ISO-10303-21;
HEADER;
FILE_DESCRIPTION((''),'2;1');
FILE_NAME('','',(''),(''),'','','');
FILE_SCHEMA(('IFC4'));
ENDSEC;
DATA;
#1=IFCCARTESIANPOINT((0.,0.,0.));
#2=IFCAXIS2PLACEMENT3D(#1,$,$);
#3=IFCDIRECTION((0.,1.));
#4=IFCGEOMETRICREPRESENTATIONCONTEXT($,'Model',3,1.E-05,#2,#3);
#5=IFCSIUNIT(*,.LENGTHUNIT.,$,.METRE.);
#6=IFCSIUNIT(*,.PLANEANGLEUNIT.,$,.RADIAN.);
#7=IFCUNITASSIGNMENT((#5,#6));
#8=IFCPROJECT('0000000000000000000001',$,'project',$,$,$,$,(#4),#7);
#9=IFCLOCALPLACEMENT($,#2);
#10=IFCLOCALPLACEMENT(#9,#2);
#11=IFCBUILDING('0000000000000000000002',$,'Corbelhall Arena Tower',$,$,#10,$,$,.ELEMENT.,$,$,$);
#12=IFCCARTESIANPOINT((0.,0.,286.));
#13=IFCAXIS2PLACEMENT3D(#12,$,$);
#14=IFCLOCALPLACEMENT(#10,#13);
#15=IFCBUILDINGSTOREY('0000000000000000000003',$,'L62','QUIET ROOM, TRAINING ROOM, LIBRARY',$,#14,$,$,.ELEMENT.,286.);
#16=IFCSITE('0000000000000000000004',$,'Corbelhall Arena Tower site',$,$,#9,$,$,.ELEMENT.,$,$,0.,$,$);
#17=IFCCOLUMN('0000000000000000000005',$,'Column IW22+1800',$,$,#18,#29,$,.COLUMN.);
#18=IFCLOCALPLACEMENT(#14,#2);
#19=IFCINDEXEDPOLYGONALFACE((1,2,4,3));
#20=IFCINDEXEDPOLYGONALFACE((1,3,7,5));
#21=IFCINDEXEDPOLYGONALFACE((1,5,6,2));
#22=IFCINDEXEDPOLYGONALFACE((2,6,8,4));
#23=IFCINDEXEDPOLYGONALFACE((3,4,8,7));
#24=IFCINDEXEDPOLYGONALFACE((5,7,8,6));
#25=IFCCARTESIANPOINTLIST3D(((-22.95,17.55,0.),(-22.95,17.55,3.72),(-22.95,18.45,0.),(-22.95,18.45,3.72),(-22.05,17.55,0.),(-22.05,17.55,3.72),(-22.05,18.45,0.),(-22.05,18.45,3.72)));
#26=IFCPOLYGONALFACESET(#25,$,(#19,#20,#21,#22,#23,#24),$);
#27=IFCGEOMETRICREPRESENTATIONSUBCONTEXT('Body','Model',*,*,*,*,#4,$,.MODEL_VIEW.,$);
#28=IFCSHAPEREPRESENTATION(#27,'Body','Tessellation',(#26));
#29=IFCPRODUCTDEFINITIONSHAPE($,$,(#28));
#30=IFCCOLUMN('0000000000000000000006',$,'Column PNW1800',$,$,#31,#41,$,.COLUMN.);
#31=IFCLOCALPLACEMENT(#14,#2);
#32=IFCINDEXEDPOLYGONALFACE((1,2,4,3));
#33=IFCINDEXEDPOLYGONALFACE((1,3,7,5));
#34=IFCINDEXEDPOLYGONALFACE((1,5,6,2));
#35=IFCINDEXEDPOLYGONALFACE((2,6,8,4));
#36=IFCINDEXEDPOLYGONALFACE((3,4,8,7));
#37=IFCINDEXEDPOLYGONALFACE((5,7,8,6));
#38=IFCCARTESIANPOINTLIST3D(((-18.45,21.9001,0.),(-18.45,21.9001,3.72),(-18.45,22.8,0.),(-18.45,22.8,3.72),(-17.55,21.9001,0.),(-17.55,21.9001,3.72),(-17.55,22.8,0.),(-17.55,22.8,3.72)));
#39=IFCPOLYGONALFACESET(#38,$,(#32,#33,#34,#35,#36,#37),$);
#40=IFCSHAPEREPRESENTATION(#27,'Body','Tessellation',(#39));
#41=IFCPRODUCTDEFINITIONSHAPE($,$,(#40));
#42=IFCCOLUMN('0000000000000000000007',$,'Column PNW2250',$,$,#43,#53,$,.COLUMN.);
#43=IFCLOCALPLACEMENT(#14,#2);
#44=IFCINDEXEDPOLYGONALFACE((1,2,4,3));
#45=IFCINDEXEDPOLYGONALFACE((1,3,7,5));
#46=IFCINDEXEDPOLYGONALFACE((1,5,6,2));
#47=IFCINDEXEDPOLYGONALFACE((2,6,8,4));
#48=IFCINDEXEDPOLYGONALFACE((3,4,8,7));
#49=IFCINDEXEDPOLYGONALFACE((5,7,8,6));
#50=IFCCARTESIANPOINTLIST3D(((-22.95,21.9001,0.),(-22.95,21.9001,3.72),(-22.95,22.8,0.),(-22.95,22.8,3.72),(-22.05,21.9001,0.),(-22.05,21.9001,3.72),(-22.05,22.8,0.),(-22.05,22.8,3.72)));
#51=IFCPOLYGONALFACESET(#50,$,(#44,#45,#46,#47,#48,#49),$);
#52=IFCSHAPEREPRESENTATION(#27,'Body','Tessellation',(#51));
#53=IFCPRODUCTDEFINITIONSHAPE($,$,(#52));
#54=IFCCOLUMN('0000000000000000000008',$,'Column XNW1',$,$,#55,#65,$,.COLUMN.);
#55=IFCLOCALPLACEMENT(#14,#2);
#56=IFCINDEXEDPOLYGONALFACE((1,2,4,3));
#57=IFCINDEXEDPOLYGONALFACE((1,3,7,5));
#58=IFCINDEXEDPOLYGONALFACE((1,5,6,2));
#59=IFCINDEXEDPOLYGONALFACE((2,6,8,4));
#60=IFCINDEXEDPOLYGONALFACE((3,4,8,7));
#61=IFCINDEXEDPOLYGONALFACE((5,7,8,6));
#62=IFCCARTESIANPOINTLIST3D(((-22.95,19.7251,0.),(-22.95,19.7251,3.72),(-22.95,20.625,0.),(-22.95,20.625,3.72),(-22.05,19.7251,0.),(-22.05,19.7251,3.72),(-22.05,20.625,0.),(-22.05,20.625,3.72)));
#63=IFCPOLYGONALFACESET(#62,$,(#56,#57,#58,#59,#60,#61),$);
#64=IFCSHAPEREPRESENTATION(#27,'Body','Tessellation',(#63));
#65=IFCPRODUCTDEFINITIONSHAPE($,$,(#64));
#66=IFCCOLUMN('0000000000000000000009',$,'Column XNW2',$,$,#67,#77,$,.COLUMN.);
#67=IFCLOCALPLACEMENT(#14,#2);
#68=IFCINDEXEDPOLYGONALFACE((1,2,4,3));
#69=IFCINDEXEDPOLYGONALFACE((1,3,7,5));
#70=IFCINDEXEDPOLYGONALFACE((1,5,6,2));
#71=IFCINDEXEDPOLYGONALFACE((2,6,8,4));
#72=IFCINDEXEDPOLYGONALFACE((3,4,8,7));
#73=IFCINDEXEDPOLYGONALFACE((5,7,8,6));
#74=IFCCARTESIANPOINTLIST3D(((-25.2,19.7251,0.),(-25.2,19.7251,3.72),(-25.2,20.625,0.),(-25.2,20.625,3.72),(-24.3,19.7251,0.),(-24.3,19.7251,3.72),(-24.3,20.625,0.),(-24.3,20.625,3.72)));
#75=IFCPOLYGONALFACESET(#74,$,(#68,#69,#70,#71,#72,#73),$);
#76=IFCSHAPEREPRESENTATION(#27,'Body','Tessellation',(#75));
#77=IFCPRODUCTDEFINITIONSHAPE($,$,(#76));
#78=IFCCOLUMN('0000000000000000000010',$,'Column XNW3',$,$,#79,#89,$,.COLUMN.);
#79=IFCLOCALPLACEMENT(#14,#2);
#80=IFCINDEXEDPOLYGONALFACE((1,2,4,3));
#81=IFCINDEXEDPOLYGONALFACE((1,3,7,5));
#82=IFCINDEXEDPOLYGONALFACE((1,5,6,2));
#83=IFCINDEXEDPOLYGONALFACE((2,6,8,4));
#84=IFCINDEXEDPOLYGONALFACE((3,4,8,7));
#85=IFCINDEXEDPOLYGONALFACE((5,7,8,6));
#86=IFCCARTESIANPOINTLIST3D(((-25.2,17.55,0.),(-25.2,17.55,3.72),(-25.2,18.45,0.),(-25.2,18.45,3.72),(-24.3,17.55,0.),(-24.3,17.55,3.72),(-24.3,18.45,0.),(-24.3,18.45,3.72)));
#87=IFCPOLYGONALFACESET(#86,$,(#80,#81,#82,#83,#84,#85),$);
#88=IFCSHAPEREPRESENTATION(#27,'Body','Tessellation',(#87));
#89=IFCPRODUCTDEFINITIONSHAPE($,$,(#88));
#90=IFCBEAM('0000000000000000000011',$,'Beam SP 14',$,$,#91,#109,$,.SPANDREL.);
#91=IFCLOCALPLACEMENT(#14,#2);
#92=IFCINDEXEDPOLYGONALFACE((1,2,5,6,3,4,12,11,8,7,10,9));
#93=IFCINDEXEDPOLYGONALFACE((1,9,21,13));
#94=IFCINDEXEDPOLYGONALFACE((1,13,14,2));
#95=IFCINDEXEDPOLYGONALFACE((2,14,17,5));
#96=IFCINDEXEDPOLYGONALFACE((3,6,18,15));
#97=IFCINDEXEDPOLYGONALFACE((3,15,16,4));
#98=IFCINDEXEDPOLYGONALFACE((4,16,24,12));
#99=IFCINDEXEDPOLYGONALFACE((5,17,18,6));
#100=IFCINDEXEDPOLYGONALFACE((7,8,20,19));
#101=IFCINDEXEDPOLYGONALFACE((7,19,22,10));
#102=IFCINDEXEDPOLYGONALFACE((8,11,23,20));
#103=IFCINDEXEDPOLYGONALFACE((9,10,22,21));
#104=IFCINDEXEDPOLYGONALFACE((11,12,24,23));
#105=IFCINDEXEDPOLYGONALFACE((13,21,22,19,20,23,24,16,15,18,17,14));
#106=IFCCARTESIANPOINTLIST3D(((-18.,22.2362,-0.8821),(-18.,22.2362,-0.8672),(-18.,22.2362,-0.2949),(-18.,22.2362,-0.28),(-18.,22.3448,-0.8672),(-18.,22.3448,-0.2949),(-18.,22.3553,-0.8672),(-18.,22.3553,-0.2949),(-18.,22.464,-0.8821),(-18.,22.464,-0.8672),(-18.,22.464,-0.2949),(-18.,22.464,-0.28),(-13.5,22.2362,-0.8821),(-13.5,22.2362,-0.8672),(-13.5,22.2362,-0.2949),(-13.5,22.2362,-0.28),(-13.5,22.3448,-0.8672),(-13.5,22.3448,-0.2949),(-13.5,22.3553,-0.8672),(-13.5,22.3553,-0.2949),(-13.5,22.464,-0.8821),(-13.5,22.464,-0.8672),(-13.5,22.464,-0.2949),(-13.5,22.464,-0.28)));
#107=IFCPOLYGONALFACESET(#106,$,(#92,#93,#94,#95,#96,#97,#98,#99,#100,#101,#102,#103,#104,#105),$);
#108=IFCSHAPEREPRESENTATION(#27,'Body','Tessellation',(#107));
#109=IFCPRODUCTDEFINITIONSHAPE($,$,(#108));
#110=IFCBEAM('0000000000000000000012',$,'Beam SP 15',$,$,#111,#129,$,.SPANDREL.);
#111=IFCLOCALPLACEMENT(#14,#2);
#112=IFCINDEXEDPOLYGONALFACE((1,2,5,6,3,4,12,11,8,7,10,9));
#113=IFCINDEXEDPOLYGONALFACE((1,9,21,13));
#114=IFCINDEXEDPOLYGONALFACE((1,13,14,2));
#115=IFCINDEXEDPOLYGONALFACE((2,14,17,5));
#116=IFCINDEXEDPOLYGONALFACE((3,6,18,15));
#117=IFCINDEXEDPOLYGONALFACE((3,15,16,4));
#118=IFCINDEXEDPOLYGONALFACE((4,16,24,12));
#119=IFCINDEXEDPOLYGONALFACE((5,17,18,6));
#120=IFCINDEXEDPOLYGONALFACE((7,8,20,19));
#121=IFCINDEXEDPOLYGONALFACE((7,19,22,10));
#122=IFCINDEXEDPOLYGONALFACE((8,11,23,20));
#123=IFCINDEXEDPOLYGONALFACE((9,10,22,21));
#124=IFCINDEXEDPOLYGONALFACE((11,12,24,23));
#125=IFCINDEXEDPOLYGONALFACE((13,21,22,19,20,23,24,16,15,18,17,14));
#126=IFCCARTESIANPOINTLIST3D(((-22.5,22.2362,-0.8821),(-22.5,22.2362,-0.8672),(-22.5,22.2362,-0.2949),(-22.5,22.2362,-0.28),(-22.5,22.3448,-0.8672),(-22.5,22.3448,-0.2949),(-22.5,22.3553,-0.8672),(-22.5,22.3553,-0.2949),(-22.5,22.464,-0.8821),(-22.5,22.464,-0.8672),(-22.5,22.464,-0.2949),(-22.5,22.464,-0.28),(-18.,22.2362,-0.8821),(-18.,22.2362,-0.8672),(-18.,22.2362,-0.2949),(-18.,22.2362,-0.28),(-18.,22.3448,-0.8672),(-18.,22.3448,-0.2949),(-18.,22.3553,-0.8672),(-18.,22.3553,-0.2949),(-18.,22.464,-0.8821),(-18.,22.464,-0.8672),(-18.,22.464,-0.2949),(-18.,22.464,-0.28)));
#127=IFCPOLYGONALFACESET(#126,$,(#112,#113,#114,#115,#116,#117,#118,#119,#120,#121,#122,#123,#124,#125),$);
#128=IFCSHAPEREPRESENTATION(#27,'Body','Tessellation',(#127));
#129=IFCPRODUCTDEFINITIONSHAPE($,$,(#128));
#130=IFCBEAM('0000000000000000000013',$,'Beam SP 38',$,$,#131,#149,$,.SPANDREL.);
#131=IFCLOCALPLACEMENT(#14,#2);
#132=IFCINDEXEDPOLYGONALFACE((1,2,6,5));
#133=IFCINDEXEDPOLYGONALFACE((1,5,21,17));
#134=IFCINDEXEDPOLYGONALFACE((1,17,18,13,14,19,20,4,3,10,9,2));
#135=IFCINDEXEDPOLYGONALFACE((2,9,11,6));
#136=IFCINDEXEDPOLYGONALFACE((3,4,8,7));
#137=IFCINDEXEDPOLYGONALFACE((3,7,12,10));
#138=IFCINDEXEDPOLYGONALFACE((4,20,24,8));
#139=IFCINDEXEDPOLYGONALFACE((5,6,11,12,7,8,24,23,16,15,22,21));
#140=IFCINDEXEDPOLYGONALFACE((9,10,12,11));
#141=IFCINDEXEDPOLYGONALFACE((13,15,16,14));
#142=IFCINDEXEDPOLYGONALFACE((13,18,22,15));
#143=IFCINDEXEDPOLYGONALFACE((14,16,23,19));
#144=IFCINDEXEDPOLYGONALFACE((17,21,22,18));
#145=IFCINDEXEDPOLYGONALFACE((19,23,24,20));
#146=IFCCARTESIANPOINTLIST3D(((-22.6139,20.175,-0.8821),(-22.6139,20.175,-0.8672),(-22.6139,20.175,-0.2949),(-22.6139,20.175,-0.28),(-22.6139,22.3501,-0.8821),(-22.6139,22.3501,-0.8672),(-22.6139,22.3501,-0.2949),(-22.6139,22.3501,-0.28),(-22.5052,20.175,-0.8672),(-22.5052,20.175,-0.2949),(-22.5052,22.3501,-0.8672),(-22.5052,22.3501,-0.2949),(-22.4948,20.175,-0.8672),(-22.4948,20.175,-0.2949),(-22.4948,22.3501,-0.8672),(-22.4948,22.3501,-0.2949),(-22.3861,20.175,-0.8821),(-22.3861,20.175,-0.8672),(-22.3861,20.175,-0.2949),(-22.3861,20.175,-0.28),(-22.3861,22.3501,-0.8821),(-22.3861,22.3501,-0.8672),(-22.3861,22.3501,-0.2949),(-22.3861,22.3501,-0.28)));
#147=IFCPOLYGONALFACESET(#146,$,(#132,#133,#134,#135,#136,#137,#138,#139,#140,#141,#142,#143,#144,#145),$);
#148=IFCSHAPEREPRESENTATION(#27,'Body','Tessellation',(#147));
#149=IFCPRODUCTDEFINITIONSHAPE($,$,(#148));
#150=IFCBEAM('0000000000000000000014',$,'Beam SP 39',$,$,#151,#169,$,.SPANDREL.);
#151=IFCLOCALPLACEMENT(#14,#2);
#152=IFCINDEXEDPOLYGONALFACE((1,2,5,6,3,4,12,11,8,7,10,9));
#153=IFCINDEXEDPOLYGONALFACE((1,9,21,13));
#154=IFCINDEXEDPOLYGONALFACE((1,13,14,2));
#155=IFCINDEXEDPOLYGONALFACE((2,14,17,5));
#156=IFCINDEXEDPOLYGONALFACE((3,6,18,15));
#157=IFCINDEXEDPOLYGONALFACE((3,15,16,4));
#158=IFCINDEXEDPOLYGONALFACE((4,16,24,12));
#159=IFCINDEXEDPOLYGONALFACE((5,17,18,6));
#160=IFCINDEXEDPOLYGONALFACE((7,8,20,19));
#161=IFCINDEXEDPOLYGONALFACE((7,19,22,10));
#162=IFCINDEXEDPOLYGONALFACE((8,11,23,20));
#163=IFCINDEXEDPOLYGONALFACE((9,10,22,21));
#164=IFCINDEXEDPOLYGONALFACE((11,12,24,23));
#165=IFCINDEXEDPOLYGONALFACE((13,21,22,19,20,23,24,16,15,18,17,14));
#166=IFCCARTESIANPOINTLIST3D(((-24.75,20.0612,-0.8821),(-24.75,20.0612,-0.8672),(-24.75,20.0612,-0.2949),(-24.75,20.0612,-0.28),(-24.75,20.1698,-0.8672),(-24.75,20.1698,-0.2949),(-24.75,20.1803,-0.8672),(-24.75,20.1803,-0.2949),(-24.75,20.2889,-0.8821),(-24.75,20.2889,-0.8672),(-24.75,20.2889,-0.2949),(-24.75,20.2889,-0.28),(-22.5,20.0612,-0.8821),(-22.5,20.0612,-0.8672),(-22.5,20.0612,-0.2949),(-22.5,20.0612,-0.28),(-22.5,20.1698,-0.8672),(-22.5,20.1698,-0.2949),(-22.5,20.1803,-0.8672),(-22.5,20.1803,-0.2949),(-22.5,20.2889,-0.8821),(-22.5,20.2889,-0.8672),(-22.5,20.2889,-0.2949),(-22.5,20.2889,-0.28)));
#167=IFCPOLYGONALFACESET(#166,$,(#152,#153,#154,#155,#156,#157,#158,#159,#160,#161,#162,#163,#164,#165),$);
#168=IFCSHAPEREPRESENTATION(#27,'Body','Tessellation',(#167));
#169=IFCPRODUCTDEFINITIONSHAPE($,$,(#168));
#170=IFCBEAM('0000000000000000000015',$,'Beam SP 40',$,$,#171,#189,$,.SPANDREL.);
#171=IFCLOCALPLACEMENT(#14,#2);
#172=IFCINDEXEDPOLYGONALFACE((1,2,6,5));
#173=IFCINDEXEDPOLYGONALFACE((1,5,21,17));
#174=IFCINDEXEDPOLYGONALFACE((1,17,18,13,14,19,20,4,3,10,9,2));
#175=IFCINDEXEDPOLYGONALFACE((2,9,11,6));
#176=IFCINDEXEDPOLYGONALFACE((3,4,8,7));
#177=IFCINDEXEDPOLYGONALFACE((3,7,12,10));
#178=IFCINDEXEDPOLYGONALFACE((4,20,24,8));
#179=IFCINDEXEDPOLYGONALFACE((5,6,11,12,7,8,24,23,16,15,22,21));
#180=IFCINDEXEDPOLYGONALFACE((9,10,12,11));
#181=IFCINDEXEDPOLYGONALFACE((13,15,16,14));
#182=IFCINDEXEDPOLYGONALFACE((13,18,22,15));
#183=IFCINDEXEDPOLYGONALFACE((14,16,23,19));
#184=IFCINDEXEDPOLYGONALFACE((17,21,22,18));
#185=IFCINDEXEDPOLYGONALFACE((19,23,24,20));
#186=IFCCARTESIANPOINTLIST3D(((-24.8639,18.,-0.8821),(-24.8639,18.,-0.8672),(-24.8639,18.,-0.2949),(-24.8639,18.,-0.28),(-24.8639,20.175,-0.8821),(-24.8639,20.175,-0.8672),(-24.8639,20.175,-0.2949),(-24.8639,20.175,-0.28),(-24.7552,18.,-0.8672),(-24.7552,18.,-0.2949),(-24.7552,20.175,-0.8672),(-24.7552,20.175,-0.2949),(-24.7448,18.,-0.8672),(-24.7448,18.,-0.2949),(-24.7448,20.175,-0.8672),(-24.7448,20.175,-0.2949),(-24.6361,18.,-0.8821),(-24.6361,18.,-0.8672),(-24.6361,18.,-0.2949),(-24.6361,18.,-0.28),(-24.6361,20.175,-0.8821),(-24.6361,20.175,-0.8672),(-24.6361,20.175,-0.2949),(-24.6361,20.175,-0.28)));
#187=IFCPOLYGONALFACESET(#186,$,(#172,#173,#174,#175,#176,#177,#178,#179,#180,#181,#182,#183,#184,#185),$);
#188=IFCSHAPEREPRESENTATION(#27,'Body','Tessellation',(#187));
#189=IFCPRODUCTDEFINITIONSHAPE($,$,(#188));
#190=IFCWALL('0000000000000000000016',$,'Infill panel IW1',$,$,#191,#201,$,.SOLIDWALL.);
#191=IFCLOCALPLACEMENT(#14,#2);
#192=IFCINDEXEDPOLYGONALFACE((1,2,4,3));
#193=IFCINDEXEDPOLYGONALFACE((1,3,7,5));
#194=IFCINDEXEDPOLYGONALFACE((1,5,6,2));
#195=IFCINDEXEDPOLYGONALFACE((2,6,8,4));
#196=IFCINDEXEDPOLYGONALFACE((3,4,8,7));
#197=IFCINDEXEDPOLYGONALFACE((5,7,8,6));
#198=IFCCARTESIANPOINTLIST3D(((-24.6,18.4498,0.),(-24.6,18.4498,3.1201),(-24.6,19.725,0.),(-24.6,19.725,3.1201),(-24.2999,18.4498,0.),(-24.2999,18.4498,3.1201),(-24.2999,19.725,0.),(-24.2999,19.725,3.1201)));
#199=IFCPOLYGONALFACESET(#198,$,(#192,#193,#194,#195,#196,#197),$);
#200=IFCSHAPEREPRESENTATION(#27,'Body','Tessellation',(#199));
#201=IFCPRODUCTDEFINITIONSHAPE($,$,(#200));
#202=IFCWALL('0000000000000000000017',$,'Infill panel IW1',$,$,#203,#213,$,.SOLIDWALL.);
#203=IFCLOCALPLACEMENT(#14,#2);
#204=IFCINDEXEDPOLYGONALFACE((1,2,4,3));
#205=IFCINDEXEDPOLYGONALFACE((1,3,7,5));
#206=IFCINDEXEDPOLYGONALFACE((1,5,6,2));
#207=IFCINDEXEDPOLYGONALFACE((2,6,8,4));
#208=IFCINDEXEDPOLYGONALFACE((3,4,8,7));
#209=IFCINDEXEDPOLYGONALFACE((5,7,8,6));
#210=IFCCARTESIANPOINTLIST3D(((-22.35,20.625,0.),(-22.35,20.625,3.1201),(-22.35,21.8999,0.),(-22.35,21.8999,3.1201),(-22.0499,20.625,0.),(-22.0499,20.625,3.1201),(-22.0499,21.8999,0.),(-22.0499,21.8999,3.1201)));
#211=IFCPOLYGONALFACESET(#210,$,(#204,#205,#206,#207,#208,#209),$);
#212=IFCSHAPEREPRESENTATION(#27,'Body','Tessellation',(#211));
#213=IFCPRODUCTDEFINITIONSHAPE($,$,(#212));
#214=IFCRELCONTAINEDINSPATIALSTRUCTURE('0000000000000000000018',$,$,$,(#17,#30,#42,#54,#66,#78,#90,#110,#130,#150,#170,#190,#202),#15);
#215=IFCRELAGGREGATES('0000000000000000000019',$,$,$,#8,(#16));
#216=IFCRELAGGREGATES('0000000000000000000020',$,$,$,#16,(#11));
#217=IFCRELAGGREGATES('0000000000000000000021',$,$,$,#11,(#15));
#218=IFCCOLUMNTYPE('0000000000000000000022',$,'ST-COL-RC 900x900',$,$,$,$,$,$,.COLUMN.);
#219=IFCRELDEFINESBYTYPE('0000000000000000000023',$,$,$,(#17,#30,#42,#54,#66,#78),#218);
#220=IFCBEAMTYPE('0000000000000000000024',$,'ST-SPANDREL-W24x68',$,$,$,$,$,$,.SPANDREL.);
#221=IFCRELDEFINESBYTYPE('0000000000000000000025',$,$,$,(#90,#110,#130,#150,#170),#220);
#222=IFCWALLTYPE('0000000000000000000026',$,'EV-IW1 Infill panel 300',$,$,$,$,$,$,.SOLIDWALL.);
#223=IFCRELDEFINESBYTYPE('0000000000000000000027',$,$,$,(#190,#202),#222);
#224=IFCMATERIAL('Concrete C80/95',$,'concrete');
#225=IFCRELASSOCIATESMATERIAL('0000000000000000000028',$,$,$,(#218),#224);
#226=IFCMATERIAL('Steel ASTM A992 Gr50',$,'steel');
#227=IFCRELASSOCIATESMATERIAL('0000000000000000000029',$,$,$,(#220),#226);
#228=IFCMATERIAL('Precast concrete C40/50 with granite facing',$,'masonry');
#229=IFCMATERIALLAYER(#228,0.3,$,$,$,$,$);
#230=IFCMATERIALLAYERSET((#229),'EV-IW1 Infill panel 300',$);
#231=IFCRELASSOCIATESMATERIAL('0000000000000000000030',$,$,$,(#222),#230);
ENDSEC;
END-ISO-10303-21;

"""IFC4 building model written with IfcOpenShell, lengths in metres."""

from ifc_helpers import new_model, si_unit, direction, frame, frame_2d, origin, origin_2d, place, context, subcontext, project, spatial, rectangle, i_section, extrude, material, layer, layer_set, material_profile, profile_set, type_object, element, save


model = new_model("IFC4")

# Units and contexts
model_context = context("Model", 3, precision=1e-05, world=origin(), true_north=direction((0.0, 1.0)))
body_context = subcontext(model_context, "Body", "Model", "MODEL_VIEW")
ifc_project = project(units=[si_unit("LENGTHUNIT", "METRE"), si_unit("PLANEANGLEUNIT", "RADIAN")], contexts=[model_context])

# Site, building, storey
site_placement = place(None, origin())
site = spatial("IfcSite", under=ifc_project, at=site_placement, Name="Corbelhall Arena Tower site", CompositionType="ELEMENT", RefElevation=0.0)
building_placement = place(site_placement, origin())
building = spatial("IfcBuilding", under=site, at=building_placement, Name="Corbelhall Arena Tower", CompositionType="ELEMENT")
storey_placement = place(building_placement, frame((0.0, 0.0, 286.0)))
storey = spatial("IfcBuildingStorey", under=building, at=storey_placement, Name="L62", Description="QUIET ROOM, TRAINING ROOM, LIBRARY", CompositionType="ELEMENT", Elevation=286.0)

# Columns
ifc_material_1 = material(Name="Concrete C80/95", Category="concrete")
ifc_material_profile_1 = material_profile(ifc_material_1, rectangle(XDim=0.8999, YDim=0.8999, at=origin_2d()))
ifc_profile_set_1 = profile_set([ifc_material_profile_1], Name="Concrete C80/95")
column_type = type_object("IfcColumnType", Name="ST-COL-RC 900x900", PredefinedType="COLUMN", material=ifc_profile_set_1)
for number, where, z_axis, x_axis, name in (
    (1, (-22.5, 18.0, 0.0), (0.0, 0.0, 1.0), (1.0, 0.0, 0.0), "Column IW22+1800"),
    (2, (-18.0, 22.3501, 0.0), (0.0, 0.0, 1.0), (1.0, 0.0, 0.0), "Column PNW1800"),
    (3, (-22.5, 22.3501, 0.0), (0.0, 0.0, 1.0), (1.0, 0.0, 0.0), "Column PNW2250"),
    (4, (-22.5, 20.175, 0.0), (0.0, 0.0, 1.0), (1.0, 0.0, 0.0), "Column XNW1"),
    (5, (-24.75, 20.175, 0.0), (0.0, 0.0, 1.0), (1.0, 0.0, 0.0), "Column XNW2"),
    (6, (-24.75, 18.0, 0.0), (0.0, 0.0, 1.0), (1.0, 0.0, 0.0), "Column XNW3"),
):
    element("IfcColumn", number, at=place(storey_placement, frame(where, z_axis=z_axis, x_axis=x_axis)), inside=storey, type_object=column_type, Name=name, PredefinedType="COLUMN", context=body_context, shape_type="SweptSolid", body=[
        extrude(rectangle(XDim=0.8999, YDim=0.8999, at=origin_2d()), origin(), (0.0, 0.0, 1.0), 3.72),
    ])

# Beams
ifc_material_2 = material(Name="Steel ASTM A992 Gr50", Category="steel")
ifc_material_profile_2 = material_profile(ifc_material_2, i_section(OverallWidth=0.2278, OverallDepth=0.6021, WebThickness=0.0105, FlangeThickness=0.0149, at=origin_2d()))
ifc_profile_set_2 = profile_set([ifc_material_profile_2], Name="Steel ASTM A992 Gr50")
beam_type = type_object("IfcBeamType", Name="ST-SPANDREL-W24x68", PredefinedType="SPANDREL", material=ifc_profile_set_2)
for number, where, z_axis, x_axis, name in (
    (7, (-18.0, 22.3501, -0.5811), (1.0, 0.0, 0.0), (0.0, 1.0, 0.0), "Beam SP 14"),
    (8, (-22.5, 22.3501, -0.5811), (1.0, 0.0, 0.0), (0.0, 1.0, 0.0), "Beam SP 15"),
):
    element("IfcBeam", number, at=place(storey_placement, frame(where, z_axis=z_axis, x_axis=x_axis)), inside=storey, type_object=beam_type, Name=name, PredefinedType="SPANDREL", context=body_context, shape_type="SweptSolid", body=[
        extrude(i_section(OverallWidth=0.2278, OverallDepth=0.6021, WebThickness=0.0105, FlangeThickness=0.0149, at=origin_2d()), origin(), (0.0, 0.0, 1.0), 4.5),
    ])
beam_1_placement = place(storey_placement, frame((-22.5, 20.175, -0.5811), z_axis=(0.0, 1.0, 0.0), x_axis=(-1.0, 0.0, 0.0)))
element("IfcBeam", 9, at=beam_1_placement, inside=storey, type_object=beam_type, Name="Beam SP 38", PredefinedType="SPANDREL", context=body_context, shape_type="SweptSolid", body=[
    extrude(i_section(OverallWidth=0.2278, OverallDepth=0.6021, WebThickness=0.0105, FlangeThickness=0.0149, at=origin_2d()), origin(), (0.0, 0.0, 1.0), 2.175),
])
beam_2_placement = place(storey_placement, frame((-24.75, 20.175, -0.5811), z_axis=(1.0, 0.0, 0.0), x_axis=(0.0, 1.0, 0.0)))
element("IfcBeam", 10, at=beam_2_placement, inside=storey, type_object=beam_type, Name="Beam SP 39", PredefinedType="SPANDREL", context=body_context, shape_type="SweptSolid", body=[
    extrude(i_section(OverallWidth=0.2278, OverallDepth=0.6021, WebThickness=0.0105, FlangeThickness=0.0149, at=origin_2d()), origin(), (0.0, 0.0, 1.0), 2.25),
])
beam_3_placement = place(storey_placement, frame((-24.75, 18.0, -0.5811), z_axis=(0.0, 1.0, 0.0), x_axis=(-1.0, 0.0, 0.0)))
element("IfcBeam", 11, at=beam_3_placement, inside=storey, type_object=beam_type, Name="Beam SP 40", PredefinedType="SPANDREL", context=body_context, shape_type="SweptSolid", body=[
    extrude(i_section(OverallWidth=0.2278, OverallDepth=0.6021, WebThickness=0.0105, FlangeThickness=0.0149, at=origin_2d()), origin(), (0.0, 0.0, 1.0), 2.175),
])

# Wall
ifc_material_3 = material(Name="Precast concrete C40/50 with granite facing", Category="masonry")
ifc_layer_1 = layer(ifc_material_3, 0.3)
ifc_layer_set_1 = layer_set([ifc_layer_1], Name="EV-IW1 Infill panel 300")
wall_type_1 = type_object("IfcWallType", Name="EV-IW1 Infill panel 300", PredefinedType="SOLIDWALL", material=ifc_layer_set_1)
wall_1_placement = place(storey_placement, frame((-24.45, 19.7251, 0.0), z_axis=(0.0, 0.0, 1.0), x_axis=(0.0, -1.0, 0.0)))
element("IfcWall", 12, at=wall_1_placement, inside=storey, type_object=wall_type_1, Name="Infill panel IW1", PredefinedType="SOLIDWALL", context=body_context, shape_type="SweptSolid", body=[
    extrude(rectangle(XDim=1.2751, YDim=0.3, at=frame_2d((0.6377, 0.0))), origin(), (0.0, 0.0, 1.0), 3.1201),
])

# Wall
wall_2_placement = place(storey_placement, frame((-22.2, 21.8999, 0.0), z_axis=(0.0, 0.0, 1.0), x_axis=(0.0, -1.0, 0.0)))
element("IfcWall", 13, at=wall_2_placement, inside=storey, type_object=wall_type_1, Name="Infill panel IW1", PredefinedType="SOLIDWALL", context=body_context, shape_type="SweptSolid", body=[
    extrude(rectangle(XDim=1.2749, YDim=0.3, at=frame_2d((0.6375, 0.0))), origin(), (0.0, 0.0, 1.0), 3.1201),
])

save(model, "model.ifc")
